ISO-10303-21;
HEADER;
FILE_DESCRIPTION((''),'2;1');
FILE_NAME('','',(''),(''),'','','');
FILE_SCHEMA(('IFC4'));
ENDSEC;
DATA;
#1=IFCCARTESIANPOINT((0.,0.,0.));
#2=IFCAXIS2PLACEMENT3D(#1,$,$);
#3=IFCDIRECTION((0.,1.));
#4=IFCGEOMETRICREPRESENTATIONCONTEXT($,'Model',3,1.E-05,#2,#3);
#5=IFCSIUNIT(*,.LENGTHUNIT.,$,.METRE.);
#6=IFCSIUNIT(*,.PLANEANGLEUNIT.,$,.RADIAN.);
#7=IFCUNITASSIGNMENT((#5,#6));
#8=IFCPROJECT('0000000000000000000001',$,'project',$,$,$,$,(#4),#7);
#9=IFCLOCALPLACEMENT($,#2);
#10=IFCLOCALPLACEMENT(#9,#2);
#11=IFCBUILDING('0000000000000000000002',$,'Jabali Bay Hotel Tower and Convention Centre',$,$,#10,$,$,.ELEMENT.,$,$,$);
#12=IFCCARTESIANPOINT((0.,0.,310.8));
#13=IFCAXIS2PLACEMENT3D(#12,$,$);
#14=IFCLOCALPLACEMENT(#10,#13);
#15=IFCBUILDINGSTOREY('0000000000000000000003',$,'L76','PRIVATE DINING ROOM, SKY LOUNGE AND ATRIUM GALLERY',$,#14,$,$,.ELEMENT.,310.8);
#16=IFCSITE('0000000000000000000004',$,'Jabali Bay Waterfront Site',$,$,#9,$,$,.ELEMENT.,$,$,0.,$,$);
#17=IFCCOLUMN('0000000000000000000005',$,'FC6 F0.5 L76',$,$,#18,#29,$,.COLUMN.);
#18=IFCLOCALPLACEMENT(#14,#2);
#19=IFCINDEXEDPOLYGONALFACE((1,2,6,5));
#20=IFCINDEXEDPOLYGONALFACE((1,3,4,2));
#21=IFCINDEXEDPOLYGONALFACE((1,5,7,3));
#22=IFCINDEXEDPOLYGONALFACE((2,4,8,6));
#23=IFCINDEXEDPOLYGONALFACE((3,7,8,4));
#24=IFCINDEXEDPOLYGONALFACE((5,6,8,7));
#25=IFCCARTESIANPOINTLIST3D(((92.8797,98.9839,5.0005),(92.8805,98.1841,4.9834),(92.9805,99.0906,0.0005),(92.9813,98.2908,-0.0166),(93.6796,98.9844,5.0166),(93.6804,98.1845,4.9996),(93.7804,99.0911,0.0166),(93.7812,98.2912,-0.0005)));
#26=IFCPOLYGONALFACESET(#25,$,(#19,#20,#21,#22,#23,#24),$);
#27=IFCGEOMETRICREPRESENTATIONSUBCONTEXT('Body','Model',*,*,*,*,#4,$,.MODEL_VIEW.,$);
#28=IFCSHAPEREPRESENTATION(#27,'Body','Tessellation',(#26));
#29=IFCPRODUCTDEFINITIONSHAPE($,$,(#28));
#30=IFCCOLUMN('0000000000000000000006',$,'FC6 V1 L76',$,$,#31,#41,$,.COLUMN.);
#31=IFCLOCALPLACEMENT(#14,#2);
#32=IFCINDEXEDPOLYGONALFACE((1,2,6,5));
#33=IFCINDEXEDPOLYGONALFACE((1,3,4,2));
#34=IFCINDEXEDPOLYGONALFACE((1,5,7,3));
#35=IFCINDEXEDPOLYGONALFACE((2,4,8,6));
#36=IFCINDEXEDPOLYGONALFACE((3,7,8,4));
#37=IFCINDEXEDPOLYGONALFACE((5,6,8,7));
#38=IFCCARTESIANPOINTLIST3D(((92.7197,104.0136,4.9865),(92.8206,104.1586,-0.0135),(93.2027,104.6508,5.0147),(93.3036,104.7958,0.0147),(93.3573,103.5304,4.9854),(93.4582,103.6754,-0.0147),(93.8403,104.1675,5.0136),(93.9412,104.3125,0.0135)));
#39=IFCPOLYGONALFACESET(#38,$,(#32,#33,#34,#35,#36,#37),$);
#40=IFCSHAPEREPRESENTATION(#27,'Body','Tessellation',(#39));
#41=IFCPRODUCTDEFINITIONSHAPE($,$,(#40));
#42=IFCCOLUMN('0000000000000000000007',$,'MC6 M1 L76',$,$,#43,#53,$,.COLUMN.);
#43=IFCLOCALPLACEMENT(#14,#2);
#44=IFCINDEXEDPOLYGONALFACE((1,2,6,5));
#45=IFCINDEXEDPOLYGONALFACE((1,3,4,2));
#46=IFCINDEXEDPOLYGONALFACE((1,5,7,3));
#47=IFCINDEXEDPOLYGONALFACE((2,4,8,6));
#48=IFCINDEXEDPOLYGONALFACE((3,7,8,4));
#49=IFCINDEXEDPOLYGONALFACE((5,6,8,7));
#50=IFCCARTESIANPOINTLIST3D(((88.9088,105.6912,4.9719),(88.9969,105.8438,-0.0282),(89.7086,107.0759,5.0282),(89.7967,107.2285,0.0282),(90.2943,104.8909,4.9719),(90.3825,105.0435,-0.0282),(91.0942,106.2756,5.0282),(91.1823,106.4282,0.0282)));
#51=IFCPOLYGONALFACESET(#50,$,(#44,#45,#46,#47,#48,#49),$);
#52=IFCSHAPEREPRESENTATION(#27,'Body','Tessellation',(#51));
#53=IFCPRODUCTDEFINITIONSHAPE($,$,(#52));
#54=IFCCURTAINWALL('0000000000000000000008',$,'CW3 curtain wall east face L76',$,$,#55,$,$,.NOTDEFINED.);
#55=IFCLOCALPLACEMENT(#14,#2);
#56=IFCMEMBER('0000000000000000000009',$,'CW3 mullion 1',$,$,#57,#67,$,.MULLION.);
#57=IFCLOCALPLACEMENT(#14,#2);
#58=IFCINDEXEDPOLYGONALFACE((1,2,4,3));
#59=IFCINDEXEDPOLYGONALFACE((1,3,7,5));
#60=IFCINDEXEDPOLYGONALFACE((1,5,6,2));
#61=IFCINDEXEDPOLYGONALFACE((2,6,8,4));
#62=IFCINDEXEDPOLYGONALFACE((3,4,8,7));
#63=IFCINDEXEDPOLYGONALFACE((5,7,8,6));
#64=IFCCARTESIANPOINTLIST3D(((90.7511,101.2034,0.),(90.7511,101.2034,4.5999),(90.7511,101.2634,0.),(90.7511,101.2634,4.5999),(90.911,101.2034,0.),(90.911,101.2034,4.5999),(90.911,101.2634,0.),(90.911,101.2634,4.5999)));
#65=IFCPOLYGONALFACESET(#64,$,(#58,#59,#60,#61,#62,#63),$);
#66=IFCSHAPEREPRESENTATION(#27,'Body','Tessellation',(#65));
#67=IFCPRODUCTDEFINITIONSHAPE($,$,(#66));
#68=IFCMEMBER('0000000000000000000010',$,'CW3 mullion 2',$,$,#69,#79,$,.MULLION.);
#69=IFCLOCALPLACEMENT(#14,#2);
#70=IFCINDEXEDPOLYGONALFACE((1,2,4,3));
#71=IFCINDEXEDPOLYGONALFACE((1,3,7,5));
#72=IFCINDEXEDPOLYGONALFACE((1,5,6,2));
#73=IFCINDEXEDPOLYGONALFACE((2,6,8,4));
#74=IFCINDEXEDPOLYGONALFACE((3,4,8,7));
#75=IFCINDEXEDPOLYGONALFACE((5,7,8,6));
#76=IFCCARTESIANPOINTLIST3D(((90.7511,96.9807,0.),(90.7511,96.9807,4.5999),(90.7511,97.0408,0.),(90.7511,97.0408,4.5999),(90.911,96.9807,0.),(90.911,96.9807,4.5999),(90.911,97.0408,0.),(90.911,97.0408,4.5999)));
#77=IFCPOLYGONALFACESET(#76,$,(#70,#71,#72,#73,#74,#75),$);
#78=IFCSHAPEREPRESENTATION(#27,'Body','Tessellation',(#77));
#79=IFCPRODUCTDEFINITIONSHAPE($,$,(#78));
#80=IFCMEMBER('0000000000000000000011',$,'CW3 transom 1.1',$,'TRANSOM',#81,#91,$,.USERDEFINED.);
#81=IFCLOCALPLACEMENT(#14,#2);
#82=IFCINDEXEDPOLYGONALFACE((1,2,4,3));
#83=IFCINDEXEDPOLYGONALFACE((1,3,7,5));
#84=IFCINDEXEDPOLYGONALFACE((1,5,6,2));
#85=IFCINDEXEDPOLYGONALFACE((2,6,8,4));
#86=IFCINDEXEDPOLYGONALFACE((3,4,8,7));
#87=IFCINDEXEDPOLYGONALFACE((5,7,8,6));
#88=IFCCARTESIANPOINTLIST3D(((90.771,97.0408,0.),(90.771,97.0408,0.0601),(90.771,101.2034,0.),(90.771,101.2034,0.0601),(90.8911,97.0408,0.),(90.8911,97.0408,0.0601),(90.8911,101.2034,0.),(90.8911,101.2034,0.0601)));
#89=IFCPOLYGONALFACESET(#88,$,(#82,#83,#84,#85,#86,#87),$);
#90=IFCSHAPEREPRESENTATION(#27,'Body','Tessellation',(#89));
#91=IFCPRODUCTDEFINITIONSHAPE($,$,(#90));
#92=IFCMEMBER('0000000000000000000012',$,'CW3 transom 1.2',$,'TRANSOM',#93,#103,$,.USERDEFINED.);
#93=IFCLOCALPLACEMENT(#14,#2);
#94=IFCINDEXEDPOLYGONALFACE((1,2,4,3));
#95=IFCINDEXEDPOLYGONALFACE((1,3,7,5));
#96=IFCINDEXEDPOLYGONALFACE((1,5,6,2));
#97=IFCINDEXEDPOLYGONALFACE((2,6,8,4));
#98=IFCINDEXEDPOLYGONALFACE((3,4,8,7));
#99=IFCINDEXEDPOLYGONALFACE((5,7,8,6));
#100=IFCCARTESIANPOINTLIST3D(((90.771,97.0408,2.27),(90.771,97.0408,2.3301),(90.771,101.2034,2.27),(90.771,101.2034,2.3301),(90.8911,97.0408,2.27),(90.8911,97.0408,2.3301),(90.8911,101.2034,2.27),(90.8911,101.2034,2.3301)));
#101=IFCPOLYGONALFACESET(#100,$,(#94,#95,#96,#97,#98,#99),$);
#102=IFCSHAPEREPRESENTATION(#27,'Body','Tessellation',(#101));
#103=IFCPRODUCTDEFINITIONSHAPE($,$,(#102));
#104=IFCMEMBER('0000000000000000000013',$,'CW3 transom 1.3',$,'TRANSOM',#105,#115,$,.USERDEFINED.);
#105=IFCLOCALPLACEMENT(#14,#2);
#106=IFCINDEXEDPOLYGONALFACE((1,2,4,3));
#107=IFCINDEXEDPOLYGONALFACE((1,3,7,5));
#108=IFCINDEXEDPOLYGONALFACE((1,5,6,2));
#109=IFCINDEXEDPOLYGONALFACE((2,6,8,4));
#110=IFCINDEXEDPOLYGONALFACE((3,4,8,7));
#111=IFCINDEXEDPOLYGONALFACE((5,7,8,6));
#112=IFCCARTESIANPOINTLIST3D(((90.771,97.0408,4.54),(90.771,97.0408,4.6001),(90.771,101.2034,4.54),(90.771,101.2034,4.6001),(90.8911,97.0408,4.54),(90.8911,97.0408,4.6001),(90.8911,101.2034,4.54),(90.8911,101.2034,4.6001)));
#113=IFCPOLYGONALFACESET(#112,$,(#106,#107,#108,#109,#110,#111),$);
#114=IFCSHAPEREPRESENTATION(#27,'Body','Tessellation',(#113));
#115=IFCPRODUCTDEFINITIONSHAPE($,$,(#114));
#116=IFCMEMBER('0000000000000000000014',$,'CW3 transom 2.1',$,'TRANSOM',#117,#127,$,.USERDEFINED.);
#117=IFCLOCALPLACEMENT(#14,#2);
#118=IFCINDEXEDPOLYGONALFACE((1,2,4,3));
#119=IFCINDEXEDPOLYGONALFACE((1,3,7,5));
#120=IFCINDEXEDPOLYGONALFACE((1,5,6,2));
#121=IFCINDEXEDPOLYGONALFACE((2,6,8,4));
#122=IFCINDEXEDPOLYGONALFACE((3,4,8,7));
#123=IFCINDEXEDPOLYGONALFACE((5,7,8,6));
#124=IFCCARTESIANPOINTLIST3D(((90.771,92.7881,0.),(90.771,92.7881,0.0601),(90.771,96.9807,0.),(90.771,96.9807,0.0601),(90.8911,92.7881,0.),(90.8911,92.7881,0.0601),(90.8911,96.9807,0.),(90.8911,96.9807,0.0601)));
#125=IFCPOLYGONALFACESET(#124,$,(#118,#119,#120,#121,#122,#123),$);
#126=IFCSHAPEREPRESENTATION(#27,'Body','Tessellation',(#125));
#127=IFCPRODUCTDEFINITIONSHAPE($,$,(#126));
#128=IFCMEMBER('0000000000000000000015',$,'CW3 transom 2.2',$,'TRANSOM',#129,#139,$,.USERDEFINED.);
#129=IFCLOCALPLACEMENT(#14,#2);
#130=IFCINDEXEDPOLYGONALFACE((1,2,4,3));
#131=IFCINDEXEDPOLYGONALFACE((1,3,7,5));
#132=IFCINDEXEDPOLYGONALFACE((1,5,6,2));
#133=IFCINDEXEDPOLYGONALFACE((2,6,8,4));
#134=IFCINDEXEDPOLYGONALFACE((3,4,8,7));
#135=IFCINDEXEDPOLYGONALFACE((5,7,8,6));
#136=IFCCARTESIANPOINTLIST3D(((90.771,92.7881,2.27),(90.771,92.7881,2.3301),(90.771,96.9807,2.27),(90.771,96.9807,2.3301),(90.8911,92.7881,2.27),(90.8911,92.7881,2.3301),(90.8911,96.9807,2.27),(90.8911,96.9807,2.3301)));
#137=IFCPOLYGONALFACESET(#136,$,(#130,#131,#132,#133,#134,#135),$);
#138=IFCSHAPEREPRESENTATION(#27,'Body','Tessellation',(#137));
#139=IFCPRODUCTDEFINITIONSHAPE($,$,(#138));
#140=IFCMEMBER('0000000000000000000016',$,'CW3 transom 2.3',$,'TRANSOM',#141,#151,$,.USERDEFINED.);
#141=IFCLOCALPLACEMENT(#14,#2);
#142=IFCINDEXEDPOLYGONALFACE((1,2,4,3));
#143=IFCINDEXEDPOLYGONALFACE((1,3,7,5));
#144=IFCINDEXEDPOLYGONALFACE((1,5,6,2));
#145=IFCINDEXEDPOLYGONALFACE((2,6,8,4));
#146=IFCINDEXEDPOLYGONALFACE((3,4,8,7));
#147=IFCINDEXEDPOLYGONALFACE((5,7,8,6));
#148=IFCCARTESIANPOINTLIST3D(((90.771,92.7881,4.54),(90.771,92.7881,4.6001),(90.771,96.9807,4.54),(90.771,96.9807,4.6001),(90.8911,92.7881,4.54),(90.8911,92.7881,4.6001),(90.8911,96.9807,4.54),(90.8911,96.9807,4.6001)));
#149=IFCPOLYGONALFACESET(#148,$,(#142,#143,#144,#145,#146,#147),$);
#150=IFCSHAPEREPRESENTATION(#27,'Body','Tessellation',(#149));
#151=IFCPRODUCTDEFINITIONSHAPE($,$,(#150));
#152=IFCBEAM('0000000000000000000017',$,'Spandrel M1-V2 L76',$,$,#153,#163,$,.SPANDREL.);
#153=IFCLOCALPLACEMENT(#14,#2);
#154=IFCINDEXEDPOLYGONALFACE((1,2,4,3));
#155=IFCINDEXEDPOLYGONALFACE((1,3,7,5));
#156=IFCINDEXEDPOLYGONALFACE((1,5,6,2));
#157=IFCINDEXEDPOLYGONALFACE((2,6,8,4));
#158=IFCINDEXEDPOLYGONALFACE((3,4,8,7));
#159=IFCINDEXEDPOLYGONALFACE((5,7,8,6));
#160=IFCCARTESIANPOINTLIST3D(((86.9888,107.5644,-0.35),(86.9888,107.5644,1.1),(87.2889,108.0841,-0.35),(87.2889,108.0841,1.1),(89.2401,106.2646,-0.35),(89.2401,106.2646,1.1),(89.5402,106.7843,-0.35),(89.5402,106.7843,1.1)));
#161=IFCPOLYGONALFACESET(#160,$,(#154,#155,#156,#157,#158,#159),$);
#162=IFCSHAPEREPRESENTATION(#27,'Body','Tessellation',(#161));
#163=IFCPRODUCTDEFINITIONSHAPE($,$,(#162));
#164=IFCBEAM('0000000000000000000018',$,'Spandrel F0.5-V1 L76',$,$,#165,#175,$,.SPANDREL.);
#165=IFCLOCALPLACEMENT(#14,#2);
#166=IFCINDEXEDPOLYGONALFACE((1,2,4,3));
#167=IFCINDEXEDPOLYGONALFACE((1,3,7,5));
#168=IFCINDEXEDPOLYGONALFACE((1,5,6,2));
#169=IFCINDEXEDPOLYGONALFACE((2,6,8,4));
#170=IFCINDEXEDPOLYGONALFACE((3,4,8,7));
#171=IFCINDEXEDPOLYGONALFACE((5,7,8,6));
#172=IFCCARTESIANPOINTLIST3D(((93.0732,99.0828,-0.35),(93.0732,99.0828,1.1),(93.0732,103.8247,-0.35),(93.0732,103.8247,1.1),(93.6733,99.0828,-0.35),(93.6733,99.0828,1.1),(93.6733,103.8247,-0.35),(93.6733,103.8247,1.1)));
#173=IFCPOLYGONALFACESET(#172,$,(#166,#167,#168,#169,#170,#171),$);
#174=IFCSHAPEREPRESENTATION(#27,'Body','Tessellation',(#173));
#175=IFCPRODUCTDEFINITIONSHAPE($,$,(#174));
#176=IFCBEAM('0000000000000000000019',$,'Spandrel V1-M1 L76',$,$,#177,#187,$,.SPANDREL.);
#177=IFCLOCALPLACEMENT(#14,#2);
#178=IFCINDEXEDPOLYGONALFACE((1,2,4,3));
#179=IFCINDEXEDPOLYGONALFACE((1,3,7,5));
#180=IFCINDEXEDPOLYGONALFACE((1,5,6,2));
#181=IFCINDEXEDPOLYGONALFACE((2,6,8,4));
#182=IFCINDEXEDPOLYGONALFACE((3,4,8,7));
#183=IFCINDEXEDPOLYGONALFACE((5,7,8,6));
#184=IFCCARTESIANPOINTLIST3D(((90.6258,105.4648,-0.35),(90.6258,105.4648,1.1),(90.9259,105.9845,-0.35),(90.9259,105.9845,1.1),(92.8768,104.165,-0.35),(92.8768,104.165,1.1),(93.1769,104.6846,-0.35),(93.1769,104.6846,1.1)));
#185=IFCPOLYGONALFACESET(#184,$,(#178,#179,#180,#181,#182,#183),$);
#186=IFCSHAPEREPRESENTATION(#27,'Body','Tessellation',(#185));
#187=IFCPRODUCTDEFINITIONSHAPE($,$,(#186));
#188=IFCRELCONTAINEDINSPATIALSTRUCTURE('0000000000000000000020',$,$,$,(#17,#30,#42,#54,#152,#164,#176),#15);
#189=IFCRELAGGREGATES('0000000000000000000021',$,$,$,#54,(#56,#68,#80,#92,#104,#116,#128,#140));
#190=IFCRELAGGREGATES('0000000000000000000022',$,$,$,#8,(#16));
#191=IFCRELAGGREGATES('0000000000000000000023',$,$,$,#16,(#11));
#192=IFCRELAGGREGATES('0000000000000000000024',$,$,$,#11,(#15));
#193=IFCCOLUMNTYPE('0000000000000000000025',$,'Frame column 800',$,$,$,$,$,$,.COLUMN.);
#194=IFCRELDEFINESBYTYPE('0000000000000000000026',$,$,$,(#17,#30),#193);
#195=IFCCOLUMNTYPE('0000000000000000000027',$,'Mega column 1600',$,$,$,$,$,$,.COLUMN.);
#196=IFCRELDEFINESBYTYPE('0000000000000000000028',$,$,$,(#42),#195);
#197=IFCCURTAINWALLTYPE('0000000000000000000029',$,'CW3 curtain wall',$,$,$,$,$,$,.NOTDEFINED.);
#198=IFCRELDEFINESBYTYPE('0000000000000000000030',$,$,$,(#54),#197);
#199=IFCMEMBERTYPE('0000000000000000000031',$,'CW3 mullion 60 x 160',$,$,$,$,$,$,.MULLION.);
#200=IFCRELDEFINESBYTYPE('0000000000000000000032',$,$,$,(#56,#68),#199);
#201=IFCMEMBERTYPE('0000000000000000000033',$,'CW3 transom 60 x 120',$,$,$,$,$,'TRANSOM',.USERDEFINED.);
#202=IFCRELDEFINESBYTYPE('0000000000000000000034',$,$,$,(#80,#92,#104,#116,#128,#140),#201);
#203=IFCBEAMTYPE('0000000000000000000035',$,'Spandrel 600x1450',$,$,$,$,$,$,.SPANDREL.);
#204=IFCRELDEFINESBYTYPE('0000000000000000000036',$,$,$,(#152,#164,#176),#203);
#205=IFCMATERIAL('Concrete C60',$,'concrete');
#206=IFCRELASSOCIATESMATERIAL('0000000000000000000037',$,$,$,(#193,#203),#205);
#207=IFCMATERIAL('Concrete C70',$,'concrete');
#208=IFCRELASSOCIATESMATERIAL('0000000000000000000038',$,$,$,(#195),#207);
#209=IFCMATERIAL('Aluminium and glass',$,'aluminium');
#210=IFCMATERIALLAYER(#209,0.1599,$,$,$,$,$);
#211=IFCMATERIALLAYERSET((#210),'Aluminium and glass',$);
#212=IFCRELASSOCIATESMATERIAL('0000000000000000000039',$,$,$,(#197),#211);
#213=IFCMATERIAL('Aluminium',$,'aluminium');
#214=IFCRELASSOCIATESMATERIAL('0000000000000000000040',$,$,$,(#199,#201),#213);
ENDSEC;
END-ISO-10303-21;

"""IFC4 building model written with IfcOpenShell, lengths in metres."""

from ifc_helpers import new_model, si_unit, direction, frame, origin, origin_2d, place, context, subcontext, project, spatial, rectangle, extrude, material, layer, layer_set, material_profile, profile_set, type_object, element, aggregate, save


model = new_model("IFC4")

# Units and contexts
model_context = context("Model", 3, precision=1e-05, world=origin(), true_north=direction((0.0, 1.0)))
body_context = subcontext(model_context, "Body", "Model", "MODEL_VIEW")
ifc_project = project(units=[si_unit("LENGTHUNIT", "METRE"), si_unit("PLANEANGLEUNIT", "RADIAN")], contexts=[model_context])

# Site, building, storey
site_placement = place(None, origin())
site = spatial("IfcSite", under=ifc_project, at=site_placement, Name="Jabali Bay Waterfront Site", CompositionType="ELEMENT", RefElevation=0.0)
building_placement = place(site_placement, origin())
building = spatial("IfcBuilding", under=site, at=building_placement, Name="Jabali Bay Hotel Tower and Convention Centre", CompositionType="ELEMENT")
storey_placement = place(building_placement, frame((0.0, 0.0, 310.8)))
storey = spatial("IfcBuildingStorey", under=building, at=storey_placement, Name="L76", Description="PRIVATE DINING ROOM, SKY LOUNGE AND ATRIUM GALLERY", CompositionType="ELEMENT", Elevation=310.8)

# Columns
ifc_material_1 = material(Name="Concrete C60", Category="concrete")
ifc_material_profile_1 = material_profile(ifc_material_1, rectangle(XDim=0.8, YDim=0.8, at=origin_2d()), Name="Frame column 800")
ifc_profile_set_1 = profile_set([ifc_material_profile_1], Name="Concrete C60")
column_type_1 = type_object("IfcColumnType", Name="Frame column 800", PredefinedType="COLUMN", material=ifc_profile_set_1)
column_1_placement = place(storey_placement, frame((93.3809, 98.6909, 0.0), z_axis=(-0.020157, -0.021329, 0.999569), x_axis=(0.999796, 0.000547, 0.020174)))
element("IfcColumn", 1, at=column_1_placement, inside=storey, type_object=column_type_1, Name="FC6 F0.5 L76", PredefinedType="COLUMN", context=body_context, shape_type="SweptSolid", body=[
    extrude(rectangle(XDim=0.8, YDim=0.8, at=origin_2d()), origin(), (0.0, 0.0, 1.0), 5.0022),
])
column_2_placement = place(storey_placement, frame((93.3809, 104.2356, 0.0), z_axis=(-0.020153, -0.028986, 0.999377), x_axis=(0.603716, 0.796419, 0.035274)))
element("IfcColumn", 2, at=column_2_placement, inside=storey, type_object=column_type_1, Name="FC6 V1 L76", PredefinedType="COLUMN", context=body_context, shape_type="SweptSolid", body=[
    extrude(rectangle(XDim=0.8, YDim=0.8, at=origin_2d()), origin(), (0.0, 0.0, 1.0), 5.0032),
])
ifc_material_2 = material(Name="Concrete C70", Category="concrete")
ifc_material_profile_2 = material_profile(ifc_material_2, rectangle(XDim=1.6001, YDim=1.6001, at=origin_2d()), Name="Mega column 1600")
ifc_profile_set_2 = profile_set([ifc_material_profile_2], Name="Concrete C70")
column_type_2 = type_object("IfcColumnType", Name="Mega column 1600", PredefinedType="COLUMN", material=ifc_profile_set_2)
column_3_placement = place(storey_placement, frame((90.0896, 106.136, 0.0), z_axis=(-0.017616, -0.030499, 0.99938), x_axis=(0.865932, -0.500161, 0.0)))
element("IfcColumn", 3, at=column_3_placement, inside=storey, type_object=column_type_2, Name="MC6 M1 L76", PredefinedType="COLUMN", context=body_context, shape_type="SweptSolid", body=[
    extrude(rectangle(XDim=1.6001, YDim=1.6001, at=origin_2d()), origin(), (0.0, 0.0, 1.0), 5.0032),
])

# Curtain wall, members
ifc_material_3 = material(Name="Aluminium and glass", Category="aluminium")
ifc_layer_1 = layer(ifc_material_3, 0.1599)
ifc_layer_set_1 = layer_set([ifc_layer_1], Name="Aluminium and glass")
curtain_wall_type = type_object("IfcCurtainWallType", Name="CW3 curtain wall", PredefinedType="NOTDEFINED", material=ifc_layer_set_1)
curtain_wall_placement = place(storey_placement, origin())
curtain_wall = element("IfcCurtainWall", 4, at=curtain_wall_placement, inside=storey, type_object=curtain_wall_type, Name="CW3 curtain wall east face L76", PredefinedType="NOTDEFINED")
ifc_material_4 = material(Name="Aluminium", Category="aluminium")
ifc_material_profile_3 = material_profile(ifc_material_4, rectangle(XDim=0.1599, YDim=0.0601, at=origin_2d()), Name="CW3 mullion 60 x 160")
ifc_profile_set_3 = profile_set([ifc_material_profile_3], Name="Aluminium")
member_type_1 = type_object("IfcMemberType", Name="CW3 mullion 60 x 160", PredefinedType="MULLION", material=ifc_profile_set_3)
member_1_placement = place(storey_placement, frame((90.8311, 101.2334, 0.0), z_axis=(0.0, 0.0, 1.0), x_axis=(1.0, 0.0, 0.0)))
member_1 = element("IfcMember", 5, at=member_1_placement, type_object=member_type_1, Name="CW3 mullion 1", PredefinedType="MULLION", context=body_context, shape_type="SweptSolid", body=[
    extrude(rectangle(XDim=0.1599, YDim=0.0601, at=origin_2d()), origin(), (0.0, 0.0, 1.0), 4.5999),
])
member_2_placement = place(storey_placement, frame((90.8311, 97.0107, 0.0), z_axis=(0.0, 0.0, 1.0), x_axis=(1.0, 0.0, 0.0)))
member_2 = element("IfcMember", 6, at=member_2_placement, type_object=member_type_1, Name="CW3 mullion 2", PredefinedType="MULLION", context=body_context, shape_type="SweptSolid", body=[
    extrude(rectangle(XDim=0.1599, YDim=0.0601, at=origin_2d()), origin(), (0.0, 0.0, 1.0), 4.5999),
])
ifc_material_profile_4 = material_profile(ifc_material_4, rectangle(XDim=0.1201, YDim=0.0601, at=origin_2d()), Name="CW3 transom 60 x 120")
ifc_profile_set_4 = profile_set([ifc_material_profile_4], Name="Aluminium")
member_type_2 = type_object("IfcMemberType", Name="CW3 transom 60 x 120", ElementType="TRANSOM", PredefinedType="USERDEFINED", material=ifc_profile_set_4)
member_3_placement = place(storey_placement, frame((90.8311, 101.2034, 0.03), z_axis=(0.0, -1.0, 0.0), x_axis=(1.0, 0.0, 0.0)))
member_3 = element("IfcMember", 7, at=member_3_placement, type_object=member_type_2, Name="CW3 transom 1.1", ObjectType="TRANSOM", PredefinedType="USERDEFINED", context=body_context, shape_type="SweptSolid", body=[
    extrude(rectangle(XDim=0.1201, YDim=0.0601, at=origin_2d()), origin(), (0.0, 0.0, 1.0), 4.1626),
])
member_4_placement = place(storey_placement, frame((90.8311, 101.2034, 2.3), z_axis=(0.0, -1.0, 0.0), x_axis=(1.0, 0.0, 0.0)))
member_4 = element("IfcMember", 8, at=member_4_placement, type_object=member_type_2, Name="CW3 transom 1.2", ObjectType="TRANSOM", PredefinedType="USERDEFINED", context=body_context, shape_type="SweptSolid", body=[
    extrude(rectangle(XDim=0.1201, YDim=0.0601, at=origin_2d()), origin(), (0.0, 0.0, 1.0), 4.1626),
])
member_5_placement = place(storey_placement, frame((90.8311, 101.2034, 4.5701), z_axis=(0.0, -1.0, 0.0), x_axis=(1.0, 0.0, 0.0)))
member_5 = element("IfcMember", 9, at=member_5_placement, type_object=member_type_2, Name="CW3 transom 1.3", ObjectType="TRANSOM", PredefinedType="USERDEFINED", context=body_context, shape_type="SweptSolid", body=[
    extrude(rectangle(XDim=0.1201, YDim=0.0601, at=origin_2d()), origin(), (0.0, 0.0, 1.0), 4.1626),
])
member_6_placement = place(storey_placement, frame((90.8311, 96.9807, 0.03), z_axis=(0.0, -1.0, 0.0), x_axis=(1.0, 0.0, 0.0)))
member_6 = element("IfcMember", 10, at=member_6_placement, type_object=member_type_2, Name="CW3 transom 2.1", ObjectType="TRANSOM", PredefinedType="USERDEFINED", context=body_context, shape_type="SweptSolid", body=[
    extrude(rectangle(XDim=0.1201, YDim=0.0601, at=origin_2d()), origin(), (0.0, 0.0, 1.0), 4.1926),
])
member_7_placement = place(storey_placement, frame((90.8311, 96.9807, 2.3), z_axis=(0.0, -1.0, 0.0), x_axis=(1.0, 0.0, 0.0)))
member_7 = element("IfcMember", 11, at=member_7_placement, type_object=member_type_2, Name="CW3 transom 2.2", ObjectType="TRANSOM", PredefinedType="USERDEFINED", context=body_context, shape_type="SweptSolid", body=[
    extrude(rectangle(XDim=0.1201, YDim=0.0601, at=origin_2d()), origin(), (0.0, 0.0, 1.0), 4.1926),
])
member_8_placement = place(storey_placement, frame((90.8311, 96.9807, 4.5701), z_axis=(0.0, -1.0, 0.0), x_axis=(1.0, 0.0, 0.0)))
member_8 = element("IfcMember", 12, at=member_8_placement, type_object=member_type_2, Name="CW3 transom 2.3", ObjectType="TRANSOM", PredefinedType="USERDEFINED", context=body_context, shape_type="SweptSolid", body=[
    extrude(rectangle(XDim=0.1201, YDim=0.0601, at=origin_2d()), origin(), (0.0, 0.0, 1.0), 4.1926),
])

# Beams
ifc_material_profile_5 = material_profile(ifc_material_1, rectangle(XDim=0.6001, YDim=1.45, at=origin_2d()), Name="Spandrel 600x1450")
ifc_profile_set_5 = profile_set([ifc_material_profile_5], Name="Concrete C60")
beam_type = type_object("IfcBeamType", Name="Spandrel 600x1450", PredefinedType="SPANDREL", material=ifc_profile_set_5)
beam_1_placement = place(storey_placement, frame((89.3901, 106.5244, 0.375), z_axis=(-0.866015, 0.500018, 0.0), x_axis=(-0.500018, -0.866015, 0.0)))
element("IfcBeam", 13, at=beam_1_placement, inside=storey, type_object=beam_type, Name="Spandrel M1-V2 L76", PredefinedType="SPANDREL", context=body_context, shape_type="SweptSolid", body=[
    extrude(rectangle(XDim=0.6001, YDim=1.45, at=origin_2d()), origin(), (0.0, 0.0, 1.0), 2.5996),
])
beam_2_placement = place(storey_placement, frame((93.3733, 99.0828, 0.375), z_axis=(0.0, 1.0, 0.0), x_axis=(-1.0, 0.0, 0.0)))
element("IfcBeam", 14, at=beam_2_placement, inside=storey, type_object=beam_type, Name="Spandrel F0.5-V1 L76", PredefinedType="SPANDREL", context=body_context, shape_type="SweptSolid", body=[
    extrude(rectangle(XDim=0.6001, YDim=1.45, at=origin_2d()), origin(), (0.0, 0.0, 1.0), 4.7419),
])
beam_3_placement = place(storey_placement, frame((93.0269, 104.4248, 0.375), z_axis=(-0.865992, 0.500059, 0.0), x_axis=(-0.500059, -0.865992, 0.0)))
element("IfcBeam", 15, at=beam_3_placement, inside=storey, type_object=beam_type, Name="Spandrel V1-M1 L76", PredefinedType="SPANDREL", context=body_context, shape_type="SweptSolid", body=[
    extrude(rectangle(XDim=0.6001, YDim=1.45, at=origin_2d()), origin(), (0.0, 0.0, 1.0), 2.5994),
])

aggregate(curtain_wall, [member_1, member_2, member_3, member_4, member_5, member_6, member_7, member_8])

save(model, "model.ifc")
